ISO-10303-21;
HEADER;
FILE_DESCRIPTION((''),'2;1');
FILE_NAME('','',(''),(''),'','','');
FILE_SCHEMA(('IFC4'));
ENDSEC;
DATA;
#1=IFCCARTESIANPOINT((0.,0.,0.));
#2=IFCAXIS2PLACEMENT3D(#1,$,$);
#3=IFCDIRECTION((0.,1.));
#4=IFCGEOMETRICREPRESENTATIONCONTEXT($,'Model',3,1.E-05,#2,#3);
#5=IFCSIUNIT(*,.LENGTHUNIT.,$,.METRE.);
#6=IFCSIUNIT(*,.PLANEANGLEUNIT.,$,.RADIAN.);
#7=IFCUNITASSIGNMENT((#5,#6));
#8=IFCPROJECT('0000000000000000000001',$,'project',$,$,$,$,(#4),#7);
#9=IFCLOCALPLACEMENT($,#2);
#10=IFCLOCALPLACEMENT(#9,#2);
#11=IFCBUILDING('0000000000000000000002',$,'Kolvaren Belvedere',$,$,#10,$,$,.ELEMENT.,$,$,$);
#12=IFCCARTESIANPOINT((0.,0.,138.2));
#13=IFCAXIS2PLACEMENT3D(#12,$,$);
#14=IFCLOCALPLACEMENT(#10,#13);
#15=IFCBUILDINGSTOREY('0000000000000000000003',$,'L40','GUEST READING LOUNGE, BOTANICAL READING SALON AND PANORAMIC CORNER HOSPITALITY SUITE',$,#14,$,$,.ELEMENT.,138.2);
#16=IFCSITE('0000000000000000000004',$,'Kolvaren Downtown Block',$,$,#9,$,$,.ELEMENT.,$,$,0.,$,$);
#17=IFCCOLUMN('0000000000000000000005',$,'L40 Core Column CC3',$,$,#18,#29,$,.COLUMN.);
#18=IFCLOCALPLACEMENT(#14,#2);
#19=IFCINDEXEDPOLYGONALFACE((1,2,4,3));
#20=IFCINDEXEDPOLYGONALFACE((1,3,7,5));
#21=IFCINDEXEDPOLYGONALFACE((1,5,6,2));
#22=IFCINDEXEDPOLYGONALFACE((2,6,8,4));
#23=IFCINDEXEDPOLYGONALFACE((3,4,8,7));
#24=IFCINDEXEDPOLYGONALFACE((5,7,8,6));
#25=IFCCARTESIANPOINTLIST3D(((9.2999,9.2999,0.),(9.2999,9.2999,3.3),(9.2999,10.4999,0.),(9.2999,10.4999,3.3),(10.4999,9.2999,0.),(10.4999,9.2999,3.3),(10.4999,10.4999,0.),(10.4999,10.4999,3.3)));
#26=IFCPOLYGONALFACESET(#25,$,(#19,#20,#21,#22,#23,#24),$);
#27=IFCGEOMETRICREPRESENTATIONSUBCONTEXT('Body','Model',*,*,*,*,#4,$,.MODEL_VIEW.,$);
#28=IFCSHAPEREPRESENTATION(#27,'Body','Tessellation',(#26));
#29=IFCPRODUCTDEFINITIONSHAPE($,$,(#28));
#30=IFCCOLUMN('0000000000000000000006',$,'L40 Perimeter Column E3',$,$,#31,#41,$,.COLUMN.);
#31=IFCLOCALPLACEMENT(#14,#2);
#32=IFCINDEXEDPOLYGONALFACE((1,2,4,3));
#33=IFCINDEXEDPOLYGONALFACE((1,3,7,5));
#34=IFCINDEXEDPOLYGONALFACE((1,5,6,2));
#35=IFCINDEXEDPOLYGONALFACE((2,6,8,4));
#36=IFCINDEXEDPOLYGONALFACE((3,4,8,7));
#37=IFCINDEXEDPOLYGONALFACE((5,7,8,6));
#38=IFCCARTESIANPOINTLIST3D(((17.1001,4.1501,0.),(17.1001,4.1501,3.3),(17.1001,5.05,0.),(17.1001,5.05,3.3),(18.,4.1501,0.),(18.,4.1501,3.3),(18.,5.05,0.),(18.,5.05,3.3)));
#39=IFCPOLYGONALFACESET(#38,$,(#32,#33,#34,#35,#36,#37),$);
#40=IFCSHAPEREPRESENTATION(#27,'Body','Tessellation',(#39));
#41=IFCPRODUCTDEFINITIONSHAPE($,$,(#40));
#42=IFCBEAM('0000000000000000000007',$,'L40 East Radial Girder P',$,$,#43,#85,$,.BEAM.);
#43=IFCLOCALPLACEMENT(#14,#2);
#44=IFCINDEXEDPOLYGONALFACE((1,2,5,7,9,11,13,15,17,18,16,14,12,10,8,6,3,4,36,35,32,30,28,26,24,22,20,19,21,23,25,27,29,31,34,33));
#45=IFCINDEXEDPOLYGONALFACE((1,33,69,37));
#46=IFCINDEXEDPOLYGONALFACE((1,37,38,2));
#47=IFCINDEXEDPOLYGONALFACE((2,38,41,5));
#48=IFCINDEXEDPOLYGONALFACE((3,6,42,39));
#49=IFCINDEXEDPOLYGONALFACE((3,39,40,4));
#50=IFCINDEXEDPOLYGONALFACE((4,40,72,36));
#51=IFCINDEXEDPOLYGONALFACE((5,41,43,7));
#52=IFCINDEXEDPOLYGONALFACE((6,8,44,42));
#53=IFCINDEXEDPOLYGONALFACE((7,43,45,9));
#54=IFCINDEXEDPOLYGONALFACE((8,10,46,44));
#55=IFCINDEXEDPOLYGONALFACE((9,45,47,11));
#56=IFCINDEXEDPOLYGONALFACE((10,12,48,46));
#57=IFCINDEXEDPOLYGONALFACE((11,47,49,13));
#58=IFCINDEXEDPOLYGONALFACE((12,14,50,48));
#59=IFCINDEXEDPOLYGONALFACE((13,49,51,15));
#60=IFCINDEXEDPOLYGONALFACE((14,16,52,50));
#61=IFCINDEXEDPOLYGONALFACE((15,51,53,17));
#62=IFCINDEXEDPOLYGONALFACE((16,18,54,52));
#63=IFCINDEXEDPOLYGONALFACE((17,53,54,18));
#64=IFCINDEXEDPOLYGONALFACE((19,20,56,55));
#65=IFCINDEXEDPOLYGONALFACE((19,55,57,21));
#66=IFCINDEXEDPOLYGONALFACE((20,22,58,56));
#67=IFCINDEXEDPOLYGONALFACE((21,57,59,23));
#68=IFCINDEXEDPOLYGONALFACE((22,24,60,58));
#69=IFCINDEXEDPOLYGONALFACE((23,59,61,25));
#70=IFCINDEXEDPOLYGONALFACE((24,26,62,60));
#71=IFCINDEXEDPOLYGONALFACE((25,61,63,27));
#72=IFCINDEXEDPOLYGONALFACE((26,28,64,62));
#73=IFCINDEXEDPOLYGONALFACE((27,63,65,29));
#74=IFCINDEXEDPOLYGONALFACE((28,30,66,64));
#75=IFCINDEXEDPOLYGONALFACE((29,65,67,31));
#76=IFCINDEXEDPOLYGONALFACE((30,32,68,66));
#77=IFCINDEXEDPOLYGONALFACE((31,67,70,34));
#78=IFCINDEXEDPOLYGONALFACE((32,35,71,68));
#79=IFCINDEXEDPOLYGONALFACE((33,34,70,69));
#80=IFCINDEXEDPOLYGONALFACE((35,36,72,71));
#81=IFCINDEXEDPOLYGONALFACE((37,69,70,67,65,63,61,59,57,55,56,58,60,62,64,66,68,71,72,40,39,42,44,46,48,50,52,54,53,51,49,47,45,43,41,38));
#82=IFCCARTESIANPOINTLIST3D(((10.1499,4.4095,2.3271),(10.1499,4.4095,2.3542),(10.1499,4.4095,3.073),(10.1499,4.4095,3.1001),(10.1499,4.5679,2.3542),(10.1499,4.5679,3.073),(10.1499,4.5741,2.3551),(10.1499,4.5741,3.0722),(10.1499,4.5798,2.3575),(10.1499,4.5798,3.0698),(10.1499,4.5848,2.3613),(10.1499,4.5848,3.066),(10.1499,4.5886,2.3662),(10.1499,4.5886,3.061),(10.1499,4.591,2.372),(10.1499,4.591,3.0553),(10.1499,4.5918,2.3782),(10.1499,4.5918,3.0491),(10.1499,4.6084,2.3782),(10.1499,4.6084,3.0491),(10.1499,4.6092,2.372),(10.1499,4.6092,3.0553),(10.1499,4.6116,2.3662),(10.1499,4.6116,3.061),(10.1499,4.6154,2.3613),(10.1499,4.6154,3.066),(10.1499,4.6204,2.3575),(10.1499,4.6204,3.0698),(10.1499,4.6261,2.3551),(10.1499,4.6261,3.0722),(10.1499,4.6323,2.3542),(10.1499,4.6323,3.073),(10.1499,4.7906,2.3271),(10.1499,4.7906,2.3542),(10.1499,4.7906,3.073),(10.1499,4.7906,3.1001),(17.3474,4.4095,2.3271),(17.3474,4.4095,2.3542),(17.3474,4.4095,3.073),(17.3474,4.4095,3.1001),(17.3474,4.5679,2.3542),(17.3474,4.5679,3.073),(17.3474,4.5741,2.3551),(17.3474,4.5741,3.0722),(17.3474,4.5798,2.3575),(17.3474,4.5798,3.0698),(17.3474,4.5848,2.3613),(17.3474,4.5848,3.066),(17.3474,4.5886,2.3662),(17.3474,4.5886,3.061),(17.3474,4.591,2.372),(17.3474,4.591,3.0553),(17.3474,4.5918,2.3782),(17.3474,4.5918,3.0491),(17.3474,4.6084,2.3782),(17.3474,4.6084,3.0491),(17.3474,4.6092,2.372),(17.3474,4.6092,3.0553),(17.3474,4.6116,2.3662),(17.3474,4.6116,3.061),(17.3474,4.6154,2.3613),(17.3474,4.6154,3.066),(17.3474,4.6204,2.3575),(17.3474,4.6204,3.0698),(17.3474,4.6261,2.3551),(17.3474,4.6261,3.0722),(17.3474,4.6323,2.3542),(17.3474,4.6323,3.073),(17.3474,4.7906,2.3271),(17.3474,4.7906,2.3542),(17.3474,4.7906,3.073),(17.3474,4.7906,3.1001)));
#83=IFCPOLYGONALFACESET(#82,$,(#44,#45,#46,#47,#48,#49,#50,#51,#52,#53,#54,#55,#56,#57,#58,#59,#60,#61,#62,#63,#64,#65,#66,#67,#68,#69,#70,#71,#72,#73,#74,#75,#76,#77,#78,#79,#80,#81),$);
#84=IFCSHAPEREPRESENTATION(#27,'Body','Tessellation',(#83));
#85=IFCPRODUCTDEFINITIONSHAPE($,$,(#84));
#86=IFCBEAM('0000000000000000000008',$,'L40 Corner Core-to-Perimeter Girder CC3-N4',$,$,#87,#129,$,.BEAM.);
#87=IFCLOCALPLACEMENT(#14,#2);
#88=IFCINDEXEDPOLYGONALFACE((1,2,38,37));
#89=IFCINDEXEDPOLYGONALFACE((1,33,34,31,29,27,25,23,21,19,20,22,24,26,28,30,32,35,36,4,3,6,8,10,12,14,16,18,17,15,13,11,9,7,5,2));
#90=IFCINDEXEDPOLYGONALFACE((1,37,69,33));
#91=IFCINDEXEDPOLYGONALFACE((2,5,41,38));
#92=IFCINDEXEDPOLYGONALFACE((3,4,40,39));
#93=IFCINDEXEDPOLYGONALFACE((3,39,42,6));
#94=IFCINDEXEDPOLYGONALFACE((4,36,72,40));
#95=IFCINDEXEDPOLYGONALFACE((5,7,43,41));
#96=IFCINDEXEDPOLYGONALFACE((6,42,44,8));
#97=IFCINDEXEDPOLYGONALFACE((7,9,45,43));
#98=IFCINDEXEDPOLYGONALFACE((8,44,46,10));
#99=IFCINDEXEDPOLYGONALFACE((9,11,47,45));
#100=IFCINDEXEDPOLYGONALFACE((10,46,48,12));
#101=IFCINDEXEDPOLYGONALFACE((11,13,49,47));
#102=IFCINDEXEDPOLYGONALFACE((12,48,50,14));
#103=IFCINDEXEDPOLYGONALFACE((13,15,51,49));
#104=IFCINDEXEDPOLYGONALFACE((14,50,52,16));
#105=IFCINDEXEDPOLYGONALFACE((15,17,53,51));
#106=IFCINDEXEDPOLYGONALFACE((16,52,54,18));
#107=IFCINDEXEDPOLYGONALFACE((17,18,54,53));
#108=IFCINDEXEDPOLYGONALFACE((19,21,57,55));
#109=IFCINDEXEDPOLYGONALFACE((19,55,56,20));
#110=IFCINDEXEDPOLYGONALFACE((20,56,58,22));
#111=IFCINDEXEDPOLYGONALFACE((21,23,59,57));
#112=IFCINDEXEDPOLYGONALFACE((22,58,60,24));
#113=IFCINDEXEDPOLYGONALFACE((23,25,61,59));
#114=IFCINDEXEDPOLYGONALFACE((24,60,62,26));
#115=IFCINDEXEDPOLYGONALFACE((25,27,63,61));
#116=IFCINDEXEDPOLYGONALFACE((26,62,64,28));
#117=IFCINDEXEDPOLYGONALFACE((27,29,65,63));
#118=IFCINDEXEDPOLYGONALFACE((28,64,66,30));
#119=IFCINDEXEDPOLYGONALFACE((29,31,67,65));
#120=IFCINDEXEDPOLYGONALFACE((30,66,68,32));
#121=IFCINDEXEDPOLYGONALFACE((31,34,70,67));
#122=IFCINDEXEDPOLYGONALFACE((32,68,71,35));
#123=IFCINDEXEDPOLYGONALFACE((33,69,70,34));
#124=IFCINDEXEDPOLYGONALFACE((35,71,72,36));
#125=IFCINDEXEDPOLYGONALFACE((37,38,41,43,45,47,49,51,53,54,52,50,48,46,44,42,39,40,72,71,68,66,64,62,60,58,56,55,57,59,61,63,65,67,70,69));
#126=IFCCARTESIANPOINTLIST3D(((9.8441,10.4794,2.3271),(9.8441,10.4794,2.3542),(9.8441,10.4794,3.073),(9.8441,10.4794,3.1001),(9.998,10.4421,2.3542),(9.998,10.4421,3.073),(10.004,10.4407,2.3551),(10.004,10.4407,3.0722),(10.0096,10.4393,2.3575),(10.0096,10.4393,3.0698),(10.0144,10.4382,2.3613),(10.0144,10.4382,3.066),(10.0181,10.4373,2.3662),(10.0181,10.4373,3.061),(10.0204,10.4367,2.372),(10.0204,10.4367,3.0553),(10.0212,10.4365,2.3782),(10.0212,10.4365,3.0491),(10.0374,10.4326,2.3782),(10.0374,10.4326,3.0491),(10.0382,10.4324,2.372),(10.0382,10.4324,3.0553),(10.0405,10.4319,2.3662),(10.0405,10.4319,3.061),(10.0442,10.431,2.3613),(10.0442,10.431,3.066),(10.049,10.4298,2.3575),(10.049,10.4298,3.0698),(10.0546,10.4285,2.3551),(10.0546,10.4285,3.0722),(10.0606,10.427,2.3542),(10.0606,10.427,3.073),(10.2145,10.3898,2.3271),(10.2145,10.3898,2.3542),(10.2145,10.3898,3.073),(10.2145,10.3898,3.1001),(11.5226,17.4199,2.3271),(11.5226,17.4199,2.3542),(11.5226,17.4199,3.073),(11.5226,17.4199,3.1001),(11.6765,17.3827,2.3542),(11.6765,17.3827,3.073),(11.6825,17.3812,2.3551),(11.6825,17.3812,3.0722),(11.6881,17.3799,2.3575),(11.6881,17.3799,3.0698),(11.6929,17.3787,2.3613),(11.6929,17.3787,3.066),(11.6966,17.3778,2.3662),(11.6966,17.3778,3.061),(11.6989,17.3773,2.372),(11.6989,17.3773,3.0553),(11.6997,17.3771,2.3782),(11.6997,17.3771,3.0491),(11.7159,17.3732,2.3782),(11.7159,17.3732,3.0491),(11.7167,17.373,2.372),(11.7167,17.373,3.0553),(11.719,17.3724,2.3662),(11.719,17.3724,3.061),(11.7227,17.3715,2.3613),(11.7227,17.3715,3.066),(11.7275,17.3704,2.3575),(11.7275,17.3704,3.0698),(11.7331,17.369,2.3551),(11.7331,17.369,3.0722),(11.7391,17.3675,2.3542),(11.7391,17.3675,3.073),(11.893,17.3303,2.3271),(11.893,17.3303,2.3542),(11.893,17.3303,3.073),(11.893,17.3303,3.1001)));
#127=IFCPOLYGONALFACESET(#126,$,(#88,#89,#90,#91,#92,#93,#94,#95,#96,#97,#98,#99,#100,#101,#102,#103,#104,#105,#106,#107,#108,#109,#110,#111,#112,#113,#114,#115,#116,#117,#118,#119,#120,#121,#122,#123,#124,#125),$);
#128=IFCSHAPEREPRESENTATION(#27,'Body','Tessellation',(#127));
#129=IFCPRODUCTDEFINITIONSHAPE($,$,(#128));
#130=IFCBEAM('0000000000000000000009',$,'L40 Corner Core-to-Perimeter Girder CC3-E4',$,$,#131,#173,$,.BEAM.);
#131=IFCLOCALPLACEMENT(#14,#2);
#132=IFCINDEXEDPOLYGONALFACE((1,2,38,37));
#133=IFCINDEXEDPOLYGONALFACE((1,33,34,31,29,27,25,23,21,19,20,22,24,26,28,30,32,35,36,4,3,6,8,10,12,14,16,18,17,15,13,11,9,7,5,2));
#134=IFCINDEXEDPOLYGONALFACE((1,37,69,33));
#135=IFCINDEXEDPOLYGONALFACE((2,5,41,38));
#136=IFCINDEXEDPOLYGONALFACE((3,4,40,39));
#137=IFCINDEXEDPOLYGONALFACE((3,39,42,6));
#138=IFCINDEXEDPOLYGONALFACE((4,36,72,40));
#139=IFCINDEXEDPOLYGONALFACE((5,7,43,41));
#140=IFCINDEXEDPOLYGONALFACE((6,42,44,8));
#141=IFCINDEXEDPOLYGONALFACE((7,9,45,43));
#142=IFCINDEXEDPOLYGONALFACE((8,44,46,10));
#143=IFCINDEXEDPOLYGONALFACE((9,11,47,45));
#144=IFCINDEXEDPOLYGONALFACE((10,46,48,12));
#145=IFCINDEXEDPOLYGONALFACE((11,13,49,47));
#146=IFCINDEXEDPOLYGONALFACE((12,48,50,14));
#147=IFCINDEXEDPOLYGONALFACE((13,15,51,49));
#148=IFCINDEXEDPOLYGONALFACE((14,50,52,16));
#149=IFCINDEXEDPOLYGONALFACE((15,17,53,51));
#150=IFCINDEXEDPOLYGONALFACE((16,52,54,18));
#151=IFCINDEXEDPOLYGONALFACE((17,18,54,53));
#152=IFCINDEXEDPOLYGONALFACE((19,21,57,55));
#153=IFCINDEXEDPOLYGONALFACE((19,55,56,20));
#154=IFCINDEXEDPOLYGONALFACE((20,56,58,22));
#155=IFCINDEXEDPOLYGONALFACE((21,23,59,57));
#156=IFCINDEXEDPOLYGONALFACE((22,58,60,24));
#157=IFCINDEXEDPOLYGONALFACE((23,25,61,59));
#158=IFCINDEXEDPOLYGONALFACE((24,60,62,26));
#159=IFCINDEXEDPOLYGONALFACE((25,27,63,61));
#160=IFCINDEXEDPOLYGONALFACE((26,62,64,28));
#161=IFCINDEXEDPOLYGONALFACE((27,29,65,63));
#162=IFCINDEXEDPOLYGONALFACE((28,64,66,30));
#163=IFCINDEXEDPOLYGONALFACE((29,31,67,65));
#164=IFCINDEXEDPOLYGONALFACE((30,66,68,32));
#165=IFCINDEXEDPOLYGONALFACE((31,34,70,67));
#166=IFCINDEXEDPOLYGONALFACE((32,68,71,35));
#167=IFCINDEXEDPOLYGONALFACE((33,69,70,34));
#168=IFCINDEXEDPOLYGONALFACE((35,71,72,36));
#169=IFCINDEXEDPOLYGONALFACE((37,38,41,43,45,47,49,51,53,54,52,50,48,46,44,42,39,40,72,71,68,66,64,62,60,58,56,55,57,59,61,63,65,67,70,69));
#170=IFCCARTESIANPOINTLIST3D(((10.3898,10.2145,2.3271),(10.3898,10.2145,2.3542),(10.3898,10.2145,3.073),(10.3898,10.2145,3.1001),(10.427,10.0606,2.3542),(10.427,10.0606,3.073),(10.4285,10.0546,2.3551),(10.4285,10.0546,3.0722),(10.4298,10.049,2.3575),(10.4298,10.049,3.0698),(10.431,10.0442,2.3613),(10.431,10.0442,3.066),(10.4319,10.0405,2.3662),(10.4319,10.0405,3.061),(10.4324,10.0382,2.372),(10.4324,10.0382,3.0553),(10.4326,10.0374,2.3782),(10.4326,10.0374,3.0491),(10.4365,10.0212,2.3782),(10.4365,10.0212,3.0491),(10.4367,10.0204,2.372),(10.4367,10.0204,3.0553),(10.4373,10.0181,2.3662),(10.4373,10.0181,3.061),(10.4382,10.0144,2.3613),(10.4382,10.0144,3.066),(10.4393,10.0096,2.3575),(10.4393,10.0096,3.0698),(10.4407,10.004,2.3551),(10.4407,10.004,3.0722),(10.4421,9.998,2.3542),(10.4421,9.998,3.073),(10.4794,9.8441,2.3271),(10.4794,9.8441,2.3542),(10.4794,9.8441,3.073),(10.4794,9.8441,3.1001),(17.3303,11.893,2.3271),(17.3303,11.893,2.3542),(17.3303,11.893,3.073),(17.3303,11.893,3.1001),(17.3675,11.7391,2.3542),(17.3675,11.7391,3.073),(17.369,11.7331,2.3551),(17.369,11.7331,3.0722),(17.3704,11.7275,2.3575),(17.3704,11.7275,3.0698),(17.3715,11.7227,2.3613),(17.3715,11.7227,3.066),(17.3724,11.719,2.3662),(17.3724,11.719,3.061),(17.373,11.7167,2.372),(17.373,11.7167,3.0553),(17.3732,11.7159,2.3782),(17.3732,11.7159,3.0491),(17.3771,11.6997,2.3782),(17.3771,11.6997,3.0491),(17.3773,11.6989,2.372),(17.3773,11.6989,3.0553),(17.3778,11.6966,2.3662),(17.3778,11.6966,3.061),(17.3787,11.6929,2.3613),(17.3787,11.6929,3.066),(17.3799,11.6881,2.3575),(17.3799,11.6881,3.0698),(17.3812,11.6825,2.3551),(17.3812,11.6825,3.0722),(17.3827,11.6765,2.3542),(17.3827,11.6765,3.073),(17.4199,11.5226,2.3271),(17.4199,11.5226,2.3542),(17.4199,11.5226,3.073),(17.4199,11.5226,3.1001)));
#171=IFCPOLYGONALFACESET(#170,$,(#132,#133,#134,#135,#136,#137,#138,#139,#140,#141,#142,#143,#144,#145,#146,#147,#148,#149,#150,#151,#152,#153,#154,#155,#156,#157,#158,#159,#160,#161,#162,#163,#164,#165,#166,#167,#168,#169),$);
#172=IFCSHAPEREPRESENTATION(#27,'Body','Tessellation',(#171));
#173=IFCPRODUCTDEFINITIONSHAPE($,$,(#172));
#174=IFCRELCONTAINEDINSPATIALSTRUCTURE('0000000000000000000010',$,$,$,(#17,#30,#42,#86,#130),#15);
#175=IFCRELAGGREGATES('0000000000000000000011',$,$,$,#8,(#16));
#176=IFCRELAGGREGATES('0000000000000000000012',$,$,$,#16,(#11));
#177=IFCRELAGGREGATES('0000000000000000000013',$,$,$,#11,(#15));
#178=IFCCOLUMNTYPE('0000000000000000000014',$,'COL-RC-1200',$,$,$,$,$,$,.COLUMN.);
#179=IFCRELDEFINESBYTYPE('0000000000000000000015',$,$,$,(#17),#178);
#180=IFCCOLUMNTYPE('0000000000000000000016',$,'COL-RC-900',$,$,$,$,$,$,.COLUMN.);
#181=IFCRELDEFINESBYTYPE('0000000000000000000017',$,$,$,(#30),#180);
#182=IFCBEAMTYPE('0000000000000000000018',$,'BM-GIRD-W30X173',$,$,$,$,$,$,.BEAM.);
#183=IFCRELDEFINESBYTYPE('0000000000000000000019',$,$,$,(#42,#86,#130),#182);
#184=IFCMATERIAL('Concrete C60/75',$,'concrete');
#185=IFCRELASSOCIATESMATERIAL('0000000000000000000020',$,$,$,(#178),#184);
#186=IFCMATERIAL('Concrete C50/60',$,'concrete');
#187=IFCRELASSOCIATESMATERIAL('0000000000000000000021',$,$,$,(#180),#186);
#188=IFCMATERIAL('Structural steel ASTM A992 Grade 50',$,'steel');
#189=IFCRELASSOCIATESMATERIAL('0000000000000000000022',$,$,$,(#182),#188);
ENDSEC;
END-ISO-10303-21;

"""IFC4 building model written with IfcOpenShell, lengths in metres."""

from ifc_helpers import new_model, si_unit, direction, frame, origin, origin_2d, place, context, subcontext, project, spatial, rectangle, i_section, extrude, material, material_profile, profile_set, type_object, element, save


model = new_model("IFC4")

# Units and contexts
model_context = context("Model", 3, precision=1e-05, world=origin(), true_north=direction((0.0, 1.0)))
body_context = subcontext(model_context, "Body", "Model", "MODEL_VIEW")
ifc_project = project(units=[si_unit("LENGTHUNIT", "METRE"), si_unit("PLANEANGLEUNIT", "RADIAN")], contexts=[model_context])

# Site, building, storey
site_placement = place(None, origin())
site = spatial("IfcSite", under=ifc_project, at=site_placement, Name="Kolvaren Downtown Block", CompositionType="ELEMENT", RefElevation=0.0)
building_placement = place(site_placement, origin())
building = spatial("IfcBuilding", under=site, at=building_placement, Name="Kolvaren Belvedere", CompositionType="ELEMENT")
storey_placement = place(building_placement, frame((0.0, 0.0, 138.2)))
storey = spatial("IfcBuildingStorey", under=building, at=storey_placement, Name="L40", Description="GUEST READING LOUNGE, BOTANICAL READING SALON AND PANORAMIC CORNER HOSPITALITY SUITE", CompositionType="ELEMENT", Elevation=138.2)

# Columns
ifc_material_1 = material(Name="Concrete C60/75", Category="concrete")
ifc_material_profile_1 = material_profile(ifc_material_1, rectangle(XDim=1.2, YDim=1.2, at=origin_2d()), Name="RC 1200X1200")
ifc_profile_set_1 = profile_set([ifc_material_profile_1], Name="Concrete C60/75")
column_type_1 = type_object("IfcColumnType", Name="COL-RC-1200", PredefinedType="COLUMN", material=ifc_profile_set_1)
column_1_placement = place(storey_placement, frame((9.8999, 9.8999, 0.0), z_axis=(0.0, 0.0, 1.0), x_axis=(1.0, 0.0, 0.0)))
element("IfcColumn", 1, at=column_1_placement, inside=storey, type_object=column_type_1, Name="L40 Core Column CC3", PredefinedType="COLUMN", context=body_context, shape_type="SweptSolid", body=[
    extrude(rectangle(XDim=1.2, YDim=1.2, at=origin_2d()), origin(), (0.0, 0.0, 1.0), 3.3),
])
ifc_material_2 = material(Name="Concrete C50/60", Category="concrete")
ifc_material_profile_2 = material_profile(ifc_material_2, rectangle(XDim=0.8999, YDim=0.8999, at=origin_2d()), Name="RC 900X900")
ifc_profile_set_2 = profile_set([ifc_material_profile_2], Name="Concrete C50/60")
column_type_2 = type_object("IfcColumnType", Name="COL-RC-900", PredefinedType="COLUMN", material=ifc_profile_set_2)
column_2_placement = place(storey_placement, frame((17.55, 4.6001, 0.0), z_axis=(0.0, 0.0, 1.0), x_axis=(1.0, 0.0, 0.0)))
element("IfcColumn", 2, at=column_2_placement, inside=storey, type_object=column_type_2, Name="L40 Perimeter Column E3", PredefinedType="COLUMN", context=body_context, shape_type="SweptSolid", body=[
    extrude(rectangle(XDim=0.8999, YDim=0.8999, at=origin_2d()), origin(), (0.0, 0.0, 1.0), 3.3),
])

# Beams
ifc_material_3 = material(Name="Structural steel ASTM A992 Grade 50", Category="steel")
ifc_material_profile_3 = material_profile(ifc_material_3, i_section(OverallWidth=0.3811, OverallDepth=0.7729, WebThickness=0.0166, FlangeThickness=0.0271, FilletRadius=0.0239, at=origin_2d()), Name="W30X173")
ifc_profile_set_3 = profile_set([ifc_material_profile_3], Name="Structural steel ASTM A992 Grade 50")
beam_type_1 = type_object("IfcBeamType", Name="BM-GIRD-W30X173", PredefinedType="BEAM", material=ifc_profile_set_3)
beam_1_placement = place(storey_placement, frame((10.1499, 4.6001, 2.7136), z_axis=(1.0, 0.0, 0.0), x_axis=(0.0, 1.0, 0.0)))
element("IfcBeam", 3, at=beam_1_placement, inside=storey, type_object=beam_type_1, Name="L40 East Radial Girder P", PredefinedType="BEAM", context=body_context, shape_type="SweptSolid", body=[
    extrude(i_section(OverallWidth=0.3811, OverallDepth=0.7729, WebThickness=0.0166, FlangeThickness=0.0271, FilletRadius=0.0239, at=origin_2d()), origin(), (0.0, 0.0, 1.0), 7.1975),
])
for number, where, z_axis, x_axis, name in (
    (4, (10.0293, 10.4346, 2.7136), (0.235063, 0.97198, 0.0), (-0.97198, 0.235063, 0.0), "L40 Corner Core-to-Perimeter Girder CC3-N4"),
    (5, (10.4346, 10.0293, 2.7136), (0.97198, 0.235063, 0.0), (-0.235063, 0.97198, 0.0), "L40 Corner Core-to-Perimeter Girder CC3-E4"),
):
    element("IfcBeam", number, at=place(storey_placement, frame(where, z_axis=z_axis, x_axis=x_axis)), inside=storey, type_object=beam_type_1, Name=name, PredefinedType="BEAM", context=body_context, shape_type="SweptSolid", body=[
        extrude(i_section(OverallWidth=0.3811, OverallDepth=0.7729, WebThickness=0.0166, FlangeThickness=0.0271, FilletRadius=0.0239, at=origin_2d()), origin(), (0.0, 0.0, 1.0), 7.1406),
    ])

save(model, "model.ifc")
